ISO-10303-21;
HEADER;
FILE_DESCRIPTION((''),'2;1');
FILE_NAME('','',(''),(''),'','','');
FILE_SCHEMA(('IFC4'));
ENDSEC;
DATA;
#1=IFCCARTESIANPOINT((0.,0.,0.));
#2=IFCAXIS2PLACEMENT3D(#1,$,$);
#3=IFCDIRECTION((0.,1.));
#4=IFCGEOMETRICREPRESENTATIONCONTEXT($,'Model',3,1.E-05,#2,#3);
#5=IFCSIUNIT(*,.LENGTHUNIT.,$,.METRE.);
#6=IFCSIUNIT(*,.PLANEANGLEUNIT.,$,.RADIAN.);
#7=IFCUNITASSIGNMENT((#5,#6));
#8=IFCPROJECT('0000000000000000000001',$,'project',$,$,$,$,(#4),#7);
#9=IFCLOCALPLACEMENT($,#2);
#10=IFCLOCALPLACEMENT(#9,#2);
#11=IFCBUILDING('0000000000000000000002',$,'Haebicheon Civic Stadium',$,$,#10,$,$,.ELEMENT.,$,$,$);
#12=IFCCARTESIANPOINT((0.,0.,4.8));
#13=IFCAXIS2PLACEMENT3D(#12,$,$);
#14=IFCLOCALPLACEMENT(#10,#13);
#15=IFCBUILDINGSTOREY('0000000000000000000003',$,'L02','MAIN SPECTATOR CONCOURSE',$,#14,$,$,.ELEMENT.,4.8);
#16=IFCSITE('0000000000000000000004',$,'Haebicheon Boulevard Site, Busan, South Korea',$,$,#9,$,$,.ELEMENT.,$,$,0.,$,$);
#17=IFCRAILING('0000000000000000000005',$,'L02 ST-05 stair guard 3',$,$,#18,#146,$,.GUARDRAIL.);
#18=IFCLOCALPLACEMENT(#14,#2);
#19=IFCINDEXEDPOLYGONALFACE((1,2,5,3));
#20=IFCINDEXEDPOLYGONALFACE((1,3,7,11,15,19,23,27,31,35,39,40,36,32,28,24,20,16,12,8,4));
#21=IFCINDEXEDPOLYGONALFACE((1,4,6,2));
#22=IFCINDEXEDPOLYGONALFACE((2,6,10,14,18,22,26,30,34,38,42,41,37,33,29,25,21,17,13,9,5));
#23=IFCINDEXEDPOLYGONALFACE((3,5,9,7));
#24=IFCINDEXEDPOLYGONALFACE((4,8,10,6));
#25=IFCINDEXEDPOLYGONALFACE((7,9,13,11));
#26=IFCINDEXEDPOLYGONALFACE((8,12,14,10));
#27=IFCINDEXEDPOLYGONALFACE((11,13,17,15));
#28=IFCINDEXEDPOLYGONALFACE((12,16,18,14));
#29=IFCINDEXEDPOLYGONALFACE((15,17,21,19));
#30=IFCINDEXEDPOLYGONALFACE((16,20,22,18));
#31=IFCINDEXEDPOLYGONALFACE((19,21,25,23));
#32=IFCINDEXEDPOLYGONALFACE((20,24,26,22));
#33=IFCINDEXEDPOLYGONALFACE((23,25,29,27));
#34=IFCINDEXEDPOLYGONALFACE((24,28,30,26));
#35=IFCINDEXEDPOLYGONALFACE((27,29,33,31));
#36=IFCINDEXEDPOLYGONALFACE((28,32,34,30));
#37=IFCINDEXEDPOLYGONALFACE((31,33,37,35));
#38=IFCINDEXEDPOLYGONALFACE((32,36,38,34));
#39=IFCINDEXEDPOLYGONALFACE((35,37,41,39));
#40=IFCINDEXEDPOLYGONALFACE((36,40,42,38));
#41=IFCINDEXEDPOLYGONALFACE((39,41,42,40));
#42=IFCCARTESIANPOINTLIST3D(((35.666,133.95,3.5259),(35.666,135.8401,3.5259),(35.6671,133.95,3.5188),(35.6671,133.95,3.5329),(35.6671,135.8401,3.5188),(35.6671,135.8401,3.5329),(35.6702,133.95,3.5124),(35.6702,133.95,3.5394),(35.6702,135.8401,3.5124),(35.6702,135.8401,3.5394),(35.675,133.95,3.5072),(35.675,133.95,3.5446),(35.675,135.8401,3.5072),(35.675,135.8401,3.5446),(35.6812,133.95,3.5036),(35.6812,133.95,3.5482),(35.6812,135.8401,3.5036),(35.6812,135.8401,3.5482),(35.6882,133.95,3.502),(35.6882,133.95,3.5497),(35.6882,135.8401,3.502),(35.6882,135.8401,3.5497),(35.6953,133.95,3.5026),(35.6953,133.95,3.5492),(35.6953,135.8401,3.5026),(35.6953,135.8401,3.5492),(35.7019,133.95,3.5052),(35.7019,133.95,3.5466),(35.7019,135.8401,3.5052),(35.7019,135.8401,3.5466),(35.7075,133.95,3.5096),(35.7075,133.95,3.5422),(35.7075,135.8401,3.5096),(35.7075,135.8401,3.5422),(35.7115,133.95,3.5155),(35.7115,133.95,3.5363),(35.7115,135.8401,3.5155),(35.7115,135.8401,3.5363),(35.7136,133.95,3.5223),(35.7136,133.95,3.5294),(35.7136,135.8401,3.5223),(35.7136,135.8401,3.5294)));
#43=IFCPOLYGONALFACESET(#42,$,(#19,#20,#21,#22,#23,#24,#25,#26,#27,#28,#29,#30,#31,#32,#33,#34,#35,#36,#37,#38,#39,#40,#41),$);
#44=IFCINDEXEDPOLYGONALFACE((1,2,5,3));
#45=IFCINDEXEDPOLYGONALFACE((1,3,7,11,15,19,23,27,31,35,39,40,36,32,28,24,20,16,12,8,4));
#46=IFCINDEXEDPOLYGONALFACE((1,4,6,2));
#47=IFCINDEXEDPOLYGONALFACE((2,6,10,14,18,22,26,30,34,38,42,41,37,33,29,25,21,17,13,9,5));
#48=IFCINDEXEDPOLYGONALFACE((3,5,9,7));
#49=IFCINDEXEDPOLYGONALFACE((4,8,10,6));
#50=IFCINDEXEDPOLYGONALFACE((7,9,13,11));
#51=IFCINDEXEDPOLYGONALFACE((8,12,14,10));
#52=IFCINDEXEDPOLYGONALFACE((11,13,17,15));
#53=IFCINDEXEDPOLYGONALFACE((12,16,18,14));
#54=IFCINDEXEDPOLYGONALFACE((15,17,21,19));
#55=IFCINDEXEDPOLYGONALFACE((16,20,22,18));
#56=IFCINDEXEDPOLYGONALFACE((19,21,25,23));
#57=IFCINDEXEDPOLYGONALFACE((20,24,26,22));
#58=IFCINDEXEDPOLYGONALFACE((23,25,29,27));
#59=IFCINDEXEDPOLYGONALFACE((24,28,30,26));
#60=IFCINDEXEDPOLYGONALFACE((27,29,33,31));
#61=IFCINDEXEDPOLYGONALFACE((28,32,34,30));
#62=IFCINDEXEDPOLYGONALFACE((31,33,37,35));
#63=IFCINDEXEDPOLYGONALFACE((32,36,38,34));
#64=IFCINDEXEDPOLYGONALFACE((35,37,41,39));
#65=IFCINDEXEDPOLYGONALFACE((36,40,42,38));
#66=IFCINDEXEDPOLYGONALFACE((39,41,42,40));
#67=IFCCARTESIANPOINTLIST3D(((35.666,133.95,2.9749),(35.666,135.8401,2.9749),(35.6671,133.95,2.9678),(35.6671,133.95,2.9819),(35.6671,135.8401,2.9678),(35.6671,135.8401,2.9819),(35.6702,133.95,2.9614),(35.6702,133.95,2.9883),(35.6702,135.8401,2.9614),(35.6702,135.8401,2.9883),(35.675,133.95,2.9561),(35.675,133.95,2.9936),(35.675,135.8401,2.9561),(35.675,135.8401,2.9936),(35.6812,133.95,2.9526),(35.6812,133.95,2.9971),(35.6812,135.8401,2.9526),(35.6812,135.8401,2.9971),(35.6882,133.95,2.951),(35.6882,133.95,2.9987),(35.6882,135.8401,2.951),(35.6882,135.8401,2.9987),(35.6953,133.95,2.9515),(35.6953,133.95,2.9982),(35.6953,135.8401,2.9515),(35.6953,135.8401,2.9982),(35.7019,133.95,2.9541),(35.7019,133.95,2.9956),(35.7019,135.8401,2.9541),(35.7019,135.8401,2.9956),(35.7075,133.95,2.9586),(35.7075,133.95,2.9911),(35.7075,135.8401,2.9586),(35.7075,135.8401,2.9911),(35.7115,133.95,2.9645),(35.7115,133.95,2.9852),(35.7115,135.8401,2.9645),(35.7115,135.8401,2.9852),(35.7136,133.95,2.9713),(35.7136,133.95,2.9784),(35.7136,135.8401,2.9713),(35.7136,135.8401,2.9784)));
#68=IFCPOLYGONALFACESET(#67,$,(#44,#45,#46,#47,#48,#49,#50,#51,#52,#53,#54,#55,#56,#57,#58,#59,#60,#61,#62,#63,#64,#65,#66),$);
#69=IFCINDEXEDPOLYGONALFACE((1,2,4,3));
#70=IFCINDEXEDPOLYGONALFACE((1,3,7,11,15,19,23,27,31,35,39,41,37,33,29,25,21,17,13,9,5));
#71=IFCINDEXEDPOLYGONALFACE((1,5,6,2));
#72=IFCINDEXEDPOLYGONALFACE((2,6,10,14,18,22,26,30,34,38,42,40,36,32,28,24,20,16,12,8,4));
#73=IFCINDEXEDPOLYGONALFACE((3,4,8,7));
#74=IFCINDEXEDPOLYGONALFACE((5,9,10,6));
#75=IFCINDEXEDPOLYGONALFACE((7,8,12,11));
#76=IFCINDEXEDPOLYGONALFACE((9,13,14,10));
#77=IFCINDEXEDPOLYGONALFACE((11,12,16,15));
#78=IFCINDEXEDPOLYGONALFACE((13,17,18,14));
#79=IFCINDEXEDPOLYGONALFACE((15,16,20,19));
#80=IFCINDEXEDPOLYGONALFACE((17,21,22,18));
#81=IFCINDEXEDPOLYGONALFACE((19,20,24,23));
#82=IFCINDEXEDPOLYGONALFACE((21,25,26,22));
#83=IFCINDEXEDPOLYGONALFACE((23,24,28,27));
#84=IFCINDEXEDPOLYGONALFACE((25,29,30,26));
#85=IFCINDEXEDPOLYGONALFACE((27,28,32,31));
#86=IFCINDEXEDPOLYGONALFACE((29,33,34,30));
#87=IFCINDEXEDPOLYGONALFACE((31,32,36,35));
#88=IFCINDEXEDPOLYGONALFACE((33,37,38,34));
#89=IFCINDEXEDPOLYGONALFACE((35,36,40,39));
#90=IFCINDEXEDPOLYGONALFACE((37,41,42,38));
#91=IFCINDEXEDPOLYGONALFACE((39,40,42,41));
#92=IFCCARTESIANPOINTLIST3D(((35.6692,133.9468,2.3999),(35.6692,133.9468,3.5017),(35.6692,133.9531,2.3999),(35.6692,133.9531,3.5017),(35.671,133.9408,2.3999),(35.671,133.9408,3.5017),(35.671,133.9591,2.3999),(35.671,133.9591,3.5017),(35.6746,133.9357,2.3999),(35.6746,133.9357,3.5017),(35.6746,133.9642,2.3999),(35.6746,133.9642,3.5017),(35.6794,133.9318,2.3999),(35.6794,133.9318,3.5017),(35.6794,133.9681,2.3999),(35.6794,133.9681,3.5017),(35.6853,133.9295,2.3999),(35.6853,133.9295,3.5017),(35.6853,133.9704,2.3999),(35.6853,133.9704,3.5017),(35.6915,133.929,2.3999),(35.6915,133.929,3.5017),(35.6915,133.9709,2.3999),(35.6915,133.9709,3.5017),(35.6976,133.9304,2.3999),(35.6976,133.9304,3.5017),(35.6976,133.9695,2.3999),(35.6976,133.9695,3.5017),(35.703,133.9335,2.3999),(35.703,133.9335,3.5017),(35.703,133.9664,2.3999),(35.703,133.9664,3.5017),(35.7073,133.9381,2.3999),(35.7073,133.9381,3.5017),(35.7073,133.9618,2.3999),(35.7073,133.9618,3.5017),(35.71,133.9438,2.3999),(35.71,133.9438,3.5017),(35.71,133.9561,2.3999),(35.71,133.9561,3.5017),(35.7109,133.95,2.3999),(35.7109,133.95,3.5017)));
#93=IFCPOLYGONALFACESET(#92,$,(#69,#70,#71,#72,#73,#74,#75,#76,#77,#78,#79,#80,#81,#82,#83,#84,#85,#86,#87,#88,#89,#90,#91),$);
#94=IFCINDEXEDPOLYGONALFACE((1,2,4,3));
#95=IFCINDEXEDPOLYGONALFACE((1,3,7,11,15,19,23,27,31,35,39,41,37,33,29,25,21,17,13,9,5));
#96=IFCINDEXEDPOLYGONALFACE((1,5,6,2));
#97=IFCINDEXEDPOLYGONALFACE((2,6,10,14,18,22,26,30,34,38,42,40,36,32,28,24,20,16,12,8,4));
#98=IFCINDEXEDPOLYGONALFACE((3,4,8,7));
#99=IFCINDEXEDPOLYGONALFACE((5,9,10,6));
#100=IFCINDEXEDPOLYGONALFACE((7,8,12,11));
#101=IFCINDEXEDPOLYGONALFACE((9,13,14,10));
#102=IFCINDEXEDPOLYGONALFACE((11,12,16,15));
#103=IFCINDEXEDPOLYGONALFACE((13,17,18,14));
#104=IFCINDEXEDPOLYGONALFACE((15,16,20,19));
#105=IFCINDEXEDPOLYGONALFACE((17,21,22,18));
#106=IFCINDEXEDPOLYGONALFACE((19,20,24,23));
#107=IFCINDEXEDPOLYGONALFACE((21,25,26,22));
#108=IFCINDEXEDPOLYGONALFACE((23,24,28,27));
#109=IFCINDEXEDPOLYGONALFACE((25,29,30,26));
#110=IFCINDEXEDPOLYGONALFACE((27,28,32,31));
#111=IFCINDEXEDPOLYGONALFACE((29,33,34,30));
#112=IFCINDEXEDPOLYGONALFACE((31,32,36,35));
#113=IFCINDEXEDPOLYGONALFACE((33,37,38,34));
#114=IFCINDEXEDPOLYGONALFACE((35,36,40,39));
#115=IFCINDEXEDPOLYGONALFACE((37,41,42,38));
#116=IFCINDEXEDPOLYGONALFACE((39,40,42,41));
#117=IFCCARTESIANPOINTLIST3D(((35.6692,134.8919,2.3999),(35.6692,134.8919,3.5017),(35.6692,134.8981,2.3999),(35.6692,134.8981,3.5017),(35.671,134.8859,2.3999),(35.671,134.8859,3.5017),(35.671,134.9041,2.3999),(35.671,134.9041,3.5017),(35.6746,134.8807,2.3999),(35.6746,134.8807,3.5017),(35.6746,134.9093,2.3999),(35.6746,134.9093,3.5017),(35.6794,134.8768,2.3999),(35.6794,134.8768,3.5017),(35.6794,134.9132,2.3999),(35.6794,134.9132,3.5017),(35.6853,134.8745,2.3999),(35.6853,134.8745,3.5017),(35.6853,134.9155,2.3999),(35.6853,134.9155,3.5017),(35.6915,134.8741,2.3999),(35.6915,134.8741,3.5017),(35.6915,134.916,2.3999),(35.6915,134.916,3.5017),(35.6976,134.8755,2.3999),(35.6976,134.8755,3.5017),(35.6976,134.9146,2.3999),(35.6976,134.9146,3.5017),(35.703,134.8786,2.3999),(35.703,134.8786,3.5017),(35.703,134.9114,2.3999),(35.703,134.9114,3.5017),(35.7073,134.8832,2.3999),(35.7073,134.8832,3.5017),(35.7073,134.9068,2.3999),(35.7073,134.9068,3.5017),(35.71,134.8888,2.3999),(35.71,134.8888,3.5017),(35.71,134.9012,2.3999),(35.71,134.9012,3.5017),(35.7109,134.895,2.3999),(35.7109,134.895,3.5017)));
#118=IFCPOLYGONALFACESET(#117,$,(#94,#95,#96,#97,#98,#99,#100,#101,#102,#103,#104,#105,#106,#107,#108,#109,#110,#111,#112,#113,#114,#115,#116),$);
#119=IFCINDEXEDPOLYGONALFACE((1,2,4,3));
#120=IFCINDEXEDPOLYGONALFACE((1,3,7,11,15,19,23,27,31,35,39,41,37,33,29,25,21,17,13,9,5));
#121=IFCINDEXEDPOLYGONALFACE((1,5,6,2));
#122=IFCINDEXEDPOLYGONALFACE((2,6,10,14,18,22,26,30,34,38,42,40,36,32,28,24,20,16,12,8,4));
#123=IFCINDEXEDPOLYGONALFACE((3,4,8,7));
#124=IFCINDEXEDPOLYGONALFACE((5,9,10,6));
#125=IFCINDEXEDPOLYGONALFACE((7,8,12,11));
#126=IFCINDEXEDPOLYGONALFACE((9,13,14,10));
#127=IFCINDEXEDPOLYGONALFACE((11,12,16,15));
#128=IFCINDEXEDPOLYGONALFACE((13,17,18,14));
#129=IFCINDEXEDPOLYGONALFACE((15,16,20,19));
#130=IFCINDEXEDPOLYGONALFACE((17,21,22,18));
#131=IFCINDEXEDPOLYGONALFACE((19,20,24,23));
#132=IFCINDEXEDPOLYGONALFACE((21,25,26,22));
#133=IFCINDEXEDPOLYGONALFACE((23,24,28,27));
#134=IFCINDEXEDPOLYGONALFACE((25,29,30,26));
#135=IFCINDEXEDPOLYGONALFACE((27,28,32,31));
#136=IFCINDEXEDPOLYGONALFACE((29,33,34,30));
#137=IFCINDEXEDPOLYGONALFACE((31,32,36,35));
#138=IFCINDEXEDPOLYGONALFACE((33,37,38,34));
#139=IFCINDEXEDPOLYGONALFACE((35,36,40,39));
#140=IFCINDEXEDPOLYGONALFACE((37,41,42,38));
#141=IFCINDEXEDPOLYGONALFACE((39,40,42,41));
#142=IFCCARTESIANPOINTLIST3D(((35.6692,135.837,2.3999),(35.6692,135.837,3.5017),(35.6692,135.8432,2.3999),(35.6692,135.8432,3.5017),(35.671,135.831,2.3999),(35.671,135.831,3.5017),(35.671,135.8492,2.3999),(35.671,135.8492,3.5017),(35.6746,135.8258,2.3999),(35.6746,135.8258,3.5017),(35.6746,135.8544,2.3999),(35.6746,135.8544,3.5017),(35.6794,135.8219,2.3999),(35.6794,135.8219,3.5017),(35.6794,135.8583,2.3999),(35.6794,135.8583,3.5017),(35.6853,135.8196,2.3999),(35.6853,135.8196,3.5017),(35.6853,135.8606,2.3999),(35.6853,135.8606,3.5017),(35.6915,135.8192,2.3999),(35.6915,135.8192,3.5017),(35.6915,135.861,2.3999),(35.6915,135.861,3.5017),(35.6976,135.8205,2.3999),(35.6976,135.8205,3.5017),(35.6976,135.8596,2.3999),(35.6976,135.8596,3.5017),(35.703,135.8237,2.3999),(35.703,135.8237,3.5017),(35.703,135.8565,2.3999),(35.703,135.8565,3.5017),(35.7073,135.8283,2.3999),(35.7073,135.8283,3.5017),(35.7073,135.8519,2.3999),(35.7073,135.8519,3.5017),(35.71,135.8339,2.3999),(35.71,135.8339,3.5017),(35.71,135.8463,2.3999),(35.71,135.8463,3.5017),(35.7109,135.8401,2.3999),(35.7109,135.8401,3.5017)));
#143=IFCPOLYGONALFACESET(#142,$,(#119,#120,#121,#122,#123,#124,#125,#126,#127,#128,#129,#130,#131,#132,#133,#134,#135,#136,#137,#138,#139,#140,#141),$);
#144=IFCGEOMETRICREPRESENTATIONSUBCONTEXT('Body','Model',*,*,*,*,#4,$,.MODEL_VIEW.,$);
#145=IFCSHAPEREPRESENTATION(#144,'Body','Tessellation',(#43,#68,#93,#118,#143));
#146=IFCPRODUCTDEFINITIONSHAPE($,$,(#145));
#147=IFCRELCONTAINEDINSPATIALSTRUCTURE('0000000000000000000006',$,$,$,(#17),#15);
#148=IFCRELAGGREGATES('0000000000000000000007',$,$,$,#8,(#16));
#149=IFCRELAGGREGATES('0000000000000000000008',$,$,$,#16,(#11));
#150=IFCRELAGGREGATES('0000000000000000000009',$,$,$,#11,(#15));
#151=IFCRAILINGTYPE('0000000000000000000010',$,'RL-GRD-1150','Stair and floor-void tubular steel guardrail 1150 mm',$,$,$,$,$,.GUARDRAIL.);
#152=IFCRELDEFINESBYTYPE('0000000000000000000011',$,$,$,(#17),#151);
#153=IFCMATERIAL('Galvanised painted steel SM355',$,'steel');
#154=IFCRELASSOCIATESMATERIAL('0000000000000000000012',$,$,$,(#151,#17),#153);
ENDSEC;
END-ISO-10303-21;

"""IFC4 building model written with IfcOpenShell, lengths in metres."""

from ifc_helpers import new_model, si_unit, direction, frame, origin, origin_2d, place, context, subcontext, project, spatial, circle, extrude, material, type_object, element, save


model = new_model("IFC4")

# Units and contexts
model_context = context("Model", 3, precision=1e-05, world=origin(), true_north=direction((0.0, 1.0)))
body_context = subcontext(model_context, "Body", "Model", "MODEL_VIEW")
ifc_project = project(units=[si_unit("LENGTHUNIT", "METRE"), si_unit("PLANEANGLEUNIT", "RADIAN")], contexts=[model_context])

# Site, building, storey
site_placement = place(None, origin())
site = spatial("IfcSite", under=ifc_project, at=site_placement, Name="Haebicheon Boulevard Site, Busan, South Korea", CompositionType="ELEMENT", RefElevation=0.0)
building_placement = place(site_placement, origin())
building = spatial("IfcBuilding", under=site, at=building_placement, Name="Haebicheon Civic Stadium", CompositionType="ELEMENT")
storey_placement = place(building_placement, frame((0.0, 0.0, 4.8)))
storey = spatial("IfcBuildingStorey", under=building, at=storey_placement, Name="L02", Description="MAIN SPECTATOR CONCOURSE", CompositionType="ELEMENT", Elevation=4.8)

# Railing
ifc_material_1 = material(Name="Galvanised painted steel SM355", Category="steel")
railing_type_1 = type_object("IfcRailingType", Name="RL-GRD-1150", Description="Stair and floor-void tubular steel guardrail 1150 mm", PredefinedType="GUARDRAIL", material=ifc_material_1)
for number, where, name in (
    (1, (35.6899, 133.95, 2.3999), "L02 ST-05 stair guard 3"),
):
    element("IfcRailing", number, at=place(storey_placement, frame(where)), inside=storey, type_object=railing_type_1, material=ifc_material_1, Name=name, PredefinedType="GUARDRAIL", context=body_context, shape_type="SweptSolid", body=[
        extrude(circle(Radius=0.0239, at=origin_2d()), frame((0.0, 0.0, 1.126), z_axis=(0.0, 1.0, 0.0), x_axis=(-1.0, 0.0, 0.0)), (0.0, 0.0, 1.0), 1.8901),
        extrude(circle(Radius=0.0239, at=origin_2d()), frame((0.0, 0.0, 0.575), z_axis=(0.0, 1.0, 0.0), x_axis=(-1.0, 0.0, 0.0)), (0.0, 0.0, 1.0), 1.8901),
        extrude(circle(Radius=0.021, at=origin_2d()), origin(), (0.0, 0.0, 1.0), 1.1018),
        extrude(circle(Radius=0.021, at=origin_2d()), frame((0.0, 0.9451, 0.0)), (0.0, 0.0, 1.0), 1.1018),
        extrude(circle(Radius=0.021, at=origin_2d()), frame((0.0, 1.8901, 0.0)), (0.0, 0.0, 1.0), 1.1018),
    ])

save(model, "model.ifc")
